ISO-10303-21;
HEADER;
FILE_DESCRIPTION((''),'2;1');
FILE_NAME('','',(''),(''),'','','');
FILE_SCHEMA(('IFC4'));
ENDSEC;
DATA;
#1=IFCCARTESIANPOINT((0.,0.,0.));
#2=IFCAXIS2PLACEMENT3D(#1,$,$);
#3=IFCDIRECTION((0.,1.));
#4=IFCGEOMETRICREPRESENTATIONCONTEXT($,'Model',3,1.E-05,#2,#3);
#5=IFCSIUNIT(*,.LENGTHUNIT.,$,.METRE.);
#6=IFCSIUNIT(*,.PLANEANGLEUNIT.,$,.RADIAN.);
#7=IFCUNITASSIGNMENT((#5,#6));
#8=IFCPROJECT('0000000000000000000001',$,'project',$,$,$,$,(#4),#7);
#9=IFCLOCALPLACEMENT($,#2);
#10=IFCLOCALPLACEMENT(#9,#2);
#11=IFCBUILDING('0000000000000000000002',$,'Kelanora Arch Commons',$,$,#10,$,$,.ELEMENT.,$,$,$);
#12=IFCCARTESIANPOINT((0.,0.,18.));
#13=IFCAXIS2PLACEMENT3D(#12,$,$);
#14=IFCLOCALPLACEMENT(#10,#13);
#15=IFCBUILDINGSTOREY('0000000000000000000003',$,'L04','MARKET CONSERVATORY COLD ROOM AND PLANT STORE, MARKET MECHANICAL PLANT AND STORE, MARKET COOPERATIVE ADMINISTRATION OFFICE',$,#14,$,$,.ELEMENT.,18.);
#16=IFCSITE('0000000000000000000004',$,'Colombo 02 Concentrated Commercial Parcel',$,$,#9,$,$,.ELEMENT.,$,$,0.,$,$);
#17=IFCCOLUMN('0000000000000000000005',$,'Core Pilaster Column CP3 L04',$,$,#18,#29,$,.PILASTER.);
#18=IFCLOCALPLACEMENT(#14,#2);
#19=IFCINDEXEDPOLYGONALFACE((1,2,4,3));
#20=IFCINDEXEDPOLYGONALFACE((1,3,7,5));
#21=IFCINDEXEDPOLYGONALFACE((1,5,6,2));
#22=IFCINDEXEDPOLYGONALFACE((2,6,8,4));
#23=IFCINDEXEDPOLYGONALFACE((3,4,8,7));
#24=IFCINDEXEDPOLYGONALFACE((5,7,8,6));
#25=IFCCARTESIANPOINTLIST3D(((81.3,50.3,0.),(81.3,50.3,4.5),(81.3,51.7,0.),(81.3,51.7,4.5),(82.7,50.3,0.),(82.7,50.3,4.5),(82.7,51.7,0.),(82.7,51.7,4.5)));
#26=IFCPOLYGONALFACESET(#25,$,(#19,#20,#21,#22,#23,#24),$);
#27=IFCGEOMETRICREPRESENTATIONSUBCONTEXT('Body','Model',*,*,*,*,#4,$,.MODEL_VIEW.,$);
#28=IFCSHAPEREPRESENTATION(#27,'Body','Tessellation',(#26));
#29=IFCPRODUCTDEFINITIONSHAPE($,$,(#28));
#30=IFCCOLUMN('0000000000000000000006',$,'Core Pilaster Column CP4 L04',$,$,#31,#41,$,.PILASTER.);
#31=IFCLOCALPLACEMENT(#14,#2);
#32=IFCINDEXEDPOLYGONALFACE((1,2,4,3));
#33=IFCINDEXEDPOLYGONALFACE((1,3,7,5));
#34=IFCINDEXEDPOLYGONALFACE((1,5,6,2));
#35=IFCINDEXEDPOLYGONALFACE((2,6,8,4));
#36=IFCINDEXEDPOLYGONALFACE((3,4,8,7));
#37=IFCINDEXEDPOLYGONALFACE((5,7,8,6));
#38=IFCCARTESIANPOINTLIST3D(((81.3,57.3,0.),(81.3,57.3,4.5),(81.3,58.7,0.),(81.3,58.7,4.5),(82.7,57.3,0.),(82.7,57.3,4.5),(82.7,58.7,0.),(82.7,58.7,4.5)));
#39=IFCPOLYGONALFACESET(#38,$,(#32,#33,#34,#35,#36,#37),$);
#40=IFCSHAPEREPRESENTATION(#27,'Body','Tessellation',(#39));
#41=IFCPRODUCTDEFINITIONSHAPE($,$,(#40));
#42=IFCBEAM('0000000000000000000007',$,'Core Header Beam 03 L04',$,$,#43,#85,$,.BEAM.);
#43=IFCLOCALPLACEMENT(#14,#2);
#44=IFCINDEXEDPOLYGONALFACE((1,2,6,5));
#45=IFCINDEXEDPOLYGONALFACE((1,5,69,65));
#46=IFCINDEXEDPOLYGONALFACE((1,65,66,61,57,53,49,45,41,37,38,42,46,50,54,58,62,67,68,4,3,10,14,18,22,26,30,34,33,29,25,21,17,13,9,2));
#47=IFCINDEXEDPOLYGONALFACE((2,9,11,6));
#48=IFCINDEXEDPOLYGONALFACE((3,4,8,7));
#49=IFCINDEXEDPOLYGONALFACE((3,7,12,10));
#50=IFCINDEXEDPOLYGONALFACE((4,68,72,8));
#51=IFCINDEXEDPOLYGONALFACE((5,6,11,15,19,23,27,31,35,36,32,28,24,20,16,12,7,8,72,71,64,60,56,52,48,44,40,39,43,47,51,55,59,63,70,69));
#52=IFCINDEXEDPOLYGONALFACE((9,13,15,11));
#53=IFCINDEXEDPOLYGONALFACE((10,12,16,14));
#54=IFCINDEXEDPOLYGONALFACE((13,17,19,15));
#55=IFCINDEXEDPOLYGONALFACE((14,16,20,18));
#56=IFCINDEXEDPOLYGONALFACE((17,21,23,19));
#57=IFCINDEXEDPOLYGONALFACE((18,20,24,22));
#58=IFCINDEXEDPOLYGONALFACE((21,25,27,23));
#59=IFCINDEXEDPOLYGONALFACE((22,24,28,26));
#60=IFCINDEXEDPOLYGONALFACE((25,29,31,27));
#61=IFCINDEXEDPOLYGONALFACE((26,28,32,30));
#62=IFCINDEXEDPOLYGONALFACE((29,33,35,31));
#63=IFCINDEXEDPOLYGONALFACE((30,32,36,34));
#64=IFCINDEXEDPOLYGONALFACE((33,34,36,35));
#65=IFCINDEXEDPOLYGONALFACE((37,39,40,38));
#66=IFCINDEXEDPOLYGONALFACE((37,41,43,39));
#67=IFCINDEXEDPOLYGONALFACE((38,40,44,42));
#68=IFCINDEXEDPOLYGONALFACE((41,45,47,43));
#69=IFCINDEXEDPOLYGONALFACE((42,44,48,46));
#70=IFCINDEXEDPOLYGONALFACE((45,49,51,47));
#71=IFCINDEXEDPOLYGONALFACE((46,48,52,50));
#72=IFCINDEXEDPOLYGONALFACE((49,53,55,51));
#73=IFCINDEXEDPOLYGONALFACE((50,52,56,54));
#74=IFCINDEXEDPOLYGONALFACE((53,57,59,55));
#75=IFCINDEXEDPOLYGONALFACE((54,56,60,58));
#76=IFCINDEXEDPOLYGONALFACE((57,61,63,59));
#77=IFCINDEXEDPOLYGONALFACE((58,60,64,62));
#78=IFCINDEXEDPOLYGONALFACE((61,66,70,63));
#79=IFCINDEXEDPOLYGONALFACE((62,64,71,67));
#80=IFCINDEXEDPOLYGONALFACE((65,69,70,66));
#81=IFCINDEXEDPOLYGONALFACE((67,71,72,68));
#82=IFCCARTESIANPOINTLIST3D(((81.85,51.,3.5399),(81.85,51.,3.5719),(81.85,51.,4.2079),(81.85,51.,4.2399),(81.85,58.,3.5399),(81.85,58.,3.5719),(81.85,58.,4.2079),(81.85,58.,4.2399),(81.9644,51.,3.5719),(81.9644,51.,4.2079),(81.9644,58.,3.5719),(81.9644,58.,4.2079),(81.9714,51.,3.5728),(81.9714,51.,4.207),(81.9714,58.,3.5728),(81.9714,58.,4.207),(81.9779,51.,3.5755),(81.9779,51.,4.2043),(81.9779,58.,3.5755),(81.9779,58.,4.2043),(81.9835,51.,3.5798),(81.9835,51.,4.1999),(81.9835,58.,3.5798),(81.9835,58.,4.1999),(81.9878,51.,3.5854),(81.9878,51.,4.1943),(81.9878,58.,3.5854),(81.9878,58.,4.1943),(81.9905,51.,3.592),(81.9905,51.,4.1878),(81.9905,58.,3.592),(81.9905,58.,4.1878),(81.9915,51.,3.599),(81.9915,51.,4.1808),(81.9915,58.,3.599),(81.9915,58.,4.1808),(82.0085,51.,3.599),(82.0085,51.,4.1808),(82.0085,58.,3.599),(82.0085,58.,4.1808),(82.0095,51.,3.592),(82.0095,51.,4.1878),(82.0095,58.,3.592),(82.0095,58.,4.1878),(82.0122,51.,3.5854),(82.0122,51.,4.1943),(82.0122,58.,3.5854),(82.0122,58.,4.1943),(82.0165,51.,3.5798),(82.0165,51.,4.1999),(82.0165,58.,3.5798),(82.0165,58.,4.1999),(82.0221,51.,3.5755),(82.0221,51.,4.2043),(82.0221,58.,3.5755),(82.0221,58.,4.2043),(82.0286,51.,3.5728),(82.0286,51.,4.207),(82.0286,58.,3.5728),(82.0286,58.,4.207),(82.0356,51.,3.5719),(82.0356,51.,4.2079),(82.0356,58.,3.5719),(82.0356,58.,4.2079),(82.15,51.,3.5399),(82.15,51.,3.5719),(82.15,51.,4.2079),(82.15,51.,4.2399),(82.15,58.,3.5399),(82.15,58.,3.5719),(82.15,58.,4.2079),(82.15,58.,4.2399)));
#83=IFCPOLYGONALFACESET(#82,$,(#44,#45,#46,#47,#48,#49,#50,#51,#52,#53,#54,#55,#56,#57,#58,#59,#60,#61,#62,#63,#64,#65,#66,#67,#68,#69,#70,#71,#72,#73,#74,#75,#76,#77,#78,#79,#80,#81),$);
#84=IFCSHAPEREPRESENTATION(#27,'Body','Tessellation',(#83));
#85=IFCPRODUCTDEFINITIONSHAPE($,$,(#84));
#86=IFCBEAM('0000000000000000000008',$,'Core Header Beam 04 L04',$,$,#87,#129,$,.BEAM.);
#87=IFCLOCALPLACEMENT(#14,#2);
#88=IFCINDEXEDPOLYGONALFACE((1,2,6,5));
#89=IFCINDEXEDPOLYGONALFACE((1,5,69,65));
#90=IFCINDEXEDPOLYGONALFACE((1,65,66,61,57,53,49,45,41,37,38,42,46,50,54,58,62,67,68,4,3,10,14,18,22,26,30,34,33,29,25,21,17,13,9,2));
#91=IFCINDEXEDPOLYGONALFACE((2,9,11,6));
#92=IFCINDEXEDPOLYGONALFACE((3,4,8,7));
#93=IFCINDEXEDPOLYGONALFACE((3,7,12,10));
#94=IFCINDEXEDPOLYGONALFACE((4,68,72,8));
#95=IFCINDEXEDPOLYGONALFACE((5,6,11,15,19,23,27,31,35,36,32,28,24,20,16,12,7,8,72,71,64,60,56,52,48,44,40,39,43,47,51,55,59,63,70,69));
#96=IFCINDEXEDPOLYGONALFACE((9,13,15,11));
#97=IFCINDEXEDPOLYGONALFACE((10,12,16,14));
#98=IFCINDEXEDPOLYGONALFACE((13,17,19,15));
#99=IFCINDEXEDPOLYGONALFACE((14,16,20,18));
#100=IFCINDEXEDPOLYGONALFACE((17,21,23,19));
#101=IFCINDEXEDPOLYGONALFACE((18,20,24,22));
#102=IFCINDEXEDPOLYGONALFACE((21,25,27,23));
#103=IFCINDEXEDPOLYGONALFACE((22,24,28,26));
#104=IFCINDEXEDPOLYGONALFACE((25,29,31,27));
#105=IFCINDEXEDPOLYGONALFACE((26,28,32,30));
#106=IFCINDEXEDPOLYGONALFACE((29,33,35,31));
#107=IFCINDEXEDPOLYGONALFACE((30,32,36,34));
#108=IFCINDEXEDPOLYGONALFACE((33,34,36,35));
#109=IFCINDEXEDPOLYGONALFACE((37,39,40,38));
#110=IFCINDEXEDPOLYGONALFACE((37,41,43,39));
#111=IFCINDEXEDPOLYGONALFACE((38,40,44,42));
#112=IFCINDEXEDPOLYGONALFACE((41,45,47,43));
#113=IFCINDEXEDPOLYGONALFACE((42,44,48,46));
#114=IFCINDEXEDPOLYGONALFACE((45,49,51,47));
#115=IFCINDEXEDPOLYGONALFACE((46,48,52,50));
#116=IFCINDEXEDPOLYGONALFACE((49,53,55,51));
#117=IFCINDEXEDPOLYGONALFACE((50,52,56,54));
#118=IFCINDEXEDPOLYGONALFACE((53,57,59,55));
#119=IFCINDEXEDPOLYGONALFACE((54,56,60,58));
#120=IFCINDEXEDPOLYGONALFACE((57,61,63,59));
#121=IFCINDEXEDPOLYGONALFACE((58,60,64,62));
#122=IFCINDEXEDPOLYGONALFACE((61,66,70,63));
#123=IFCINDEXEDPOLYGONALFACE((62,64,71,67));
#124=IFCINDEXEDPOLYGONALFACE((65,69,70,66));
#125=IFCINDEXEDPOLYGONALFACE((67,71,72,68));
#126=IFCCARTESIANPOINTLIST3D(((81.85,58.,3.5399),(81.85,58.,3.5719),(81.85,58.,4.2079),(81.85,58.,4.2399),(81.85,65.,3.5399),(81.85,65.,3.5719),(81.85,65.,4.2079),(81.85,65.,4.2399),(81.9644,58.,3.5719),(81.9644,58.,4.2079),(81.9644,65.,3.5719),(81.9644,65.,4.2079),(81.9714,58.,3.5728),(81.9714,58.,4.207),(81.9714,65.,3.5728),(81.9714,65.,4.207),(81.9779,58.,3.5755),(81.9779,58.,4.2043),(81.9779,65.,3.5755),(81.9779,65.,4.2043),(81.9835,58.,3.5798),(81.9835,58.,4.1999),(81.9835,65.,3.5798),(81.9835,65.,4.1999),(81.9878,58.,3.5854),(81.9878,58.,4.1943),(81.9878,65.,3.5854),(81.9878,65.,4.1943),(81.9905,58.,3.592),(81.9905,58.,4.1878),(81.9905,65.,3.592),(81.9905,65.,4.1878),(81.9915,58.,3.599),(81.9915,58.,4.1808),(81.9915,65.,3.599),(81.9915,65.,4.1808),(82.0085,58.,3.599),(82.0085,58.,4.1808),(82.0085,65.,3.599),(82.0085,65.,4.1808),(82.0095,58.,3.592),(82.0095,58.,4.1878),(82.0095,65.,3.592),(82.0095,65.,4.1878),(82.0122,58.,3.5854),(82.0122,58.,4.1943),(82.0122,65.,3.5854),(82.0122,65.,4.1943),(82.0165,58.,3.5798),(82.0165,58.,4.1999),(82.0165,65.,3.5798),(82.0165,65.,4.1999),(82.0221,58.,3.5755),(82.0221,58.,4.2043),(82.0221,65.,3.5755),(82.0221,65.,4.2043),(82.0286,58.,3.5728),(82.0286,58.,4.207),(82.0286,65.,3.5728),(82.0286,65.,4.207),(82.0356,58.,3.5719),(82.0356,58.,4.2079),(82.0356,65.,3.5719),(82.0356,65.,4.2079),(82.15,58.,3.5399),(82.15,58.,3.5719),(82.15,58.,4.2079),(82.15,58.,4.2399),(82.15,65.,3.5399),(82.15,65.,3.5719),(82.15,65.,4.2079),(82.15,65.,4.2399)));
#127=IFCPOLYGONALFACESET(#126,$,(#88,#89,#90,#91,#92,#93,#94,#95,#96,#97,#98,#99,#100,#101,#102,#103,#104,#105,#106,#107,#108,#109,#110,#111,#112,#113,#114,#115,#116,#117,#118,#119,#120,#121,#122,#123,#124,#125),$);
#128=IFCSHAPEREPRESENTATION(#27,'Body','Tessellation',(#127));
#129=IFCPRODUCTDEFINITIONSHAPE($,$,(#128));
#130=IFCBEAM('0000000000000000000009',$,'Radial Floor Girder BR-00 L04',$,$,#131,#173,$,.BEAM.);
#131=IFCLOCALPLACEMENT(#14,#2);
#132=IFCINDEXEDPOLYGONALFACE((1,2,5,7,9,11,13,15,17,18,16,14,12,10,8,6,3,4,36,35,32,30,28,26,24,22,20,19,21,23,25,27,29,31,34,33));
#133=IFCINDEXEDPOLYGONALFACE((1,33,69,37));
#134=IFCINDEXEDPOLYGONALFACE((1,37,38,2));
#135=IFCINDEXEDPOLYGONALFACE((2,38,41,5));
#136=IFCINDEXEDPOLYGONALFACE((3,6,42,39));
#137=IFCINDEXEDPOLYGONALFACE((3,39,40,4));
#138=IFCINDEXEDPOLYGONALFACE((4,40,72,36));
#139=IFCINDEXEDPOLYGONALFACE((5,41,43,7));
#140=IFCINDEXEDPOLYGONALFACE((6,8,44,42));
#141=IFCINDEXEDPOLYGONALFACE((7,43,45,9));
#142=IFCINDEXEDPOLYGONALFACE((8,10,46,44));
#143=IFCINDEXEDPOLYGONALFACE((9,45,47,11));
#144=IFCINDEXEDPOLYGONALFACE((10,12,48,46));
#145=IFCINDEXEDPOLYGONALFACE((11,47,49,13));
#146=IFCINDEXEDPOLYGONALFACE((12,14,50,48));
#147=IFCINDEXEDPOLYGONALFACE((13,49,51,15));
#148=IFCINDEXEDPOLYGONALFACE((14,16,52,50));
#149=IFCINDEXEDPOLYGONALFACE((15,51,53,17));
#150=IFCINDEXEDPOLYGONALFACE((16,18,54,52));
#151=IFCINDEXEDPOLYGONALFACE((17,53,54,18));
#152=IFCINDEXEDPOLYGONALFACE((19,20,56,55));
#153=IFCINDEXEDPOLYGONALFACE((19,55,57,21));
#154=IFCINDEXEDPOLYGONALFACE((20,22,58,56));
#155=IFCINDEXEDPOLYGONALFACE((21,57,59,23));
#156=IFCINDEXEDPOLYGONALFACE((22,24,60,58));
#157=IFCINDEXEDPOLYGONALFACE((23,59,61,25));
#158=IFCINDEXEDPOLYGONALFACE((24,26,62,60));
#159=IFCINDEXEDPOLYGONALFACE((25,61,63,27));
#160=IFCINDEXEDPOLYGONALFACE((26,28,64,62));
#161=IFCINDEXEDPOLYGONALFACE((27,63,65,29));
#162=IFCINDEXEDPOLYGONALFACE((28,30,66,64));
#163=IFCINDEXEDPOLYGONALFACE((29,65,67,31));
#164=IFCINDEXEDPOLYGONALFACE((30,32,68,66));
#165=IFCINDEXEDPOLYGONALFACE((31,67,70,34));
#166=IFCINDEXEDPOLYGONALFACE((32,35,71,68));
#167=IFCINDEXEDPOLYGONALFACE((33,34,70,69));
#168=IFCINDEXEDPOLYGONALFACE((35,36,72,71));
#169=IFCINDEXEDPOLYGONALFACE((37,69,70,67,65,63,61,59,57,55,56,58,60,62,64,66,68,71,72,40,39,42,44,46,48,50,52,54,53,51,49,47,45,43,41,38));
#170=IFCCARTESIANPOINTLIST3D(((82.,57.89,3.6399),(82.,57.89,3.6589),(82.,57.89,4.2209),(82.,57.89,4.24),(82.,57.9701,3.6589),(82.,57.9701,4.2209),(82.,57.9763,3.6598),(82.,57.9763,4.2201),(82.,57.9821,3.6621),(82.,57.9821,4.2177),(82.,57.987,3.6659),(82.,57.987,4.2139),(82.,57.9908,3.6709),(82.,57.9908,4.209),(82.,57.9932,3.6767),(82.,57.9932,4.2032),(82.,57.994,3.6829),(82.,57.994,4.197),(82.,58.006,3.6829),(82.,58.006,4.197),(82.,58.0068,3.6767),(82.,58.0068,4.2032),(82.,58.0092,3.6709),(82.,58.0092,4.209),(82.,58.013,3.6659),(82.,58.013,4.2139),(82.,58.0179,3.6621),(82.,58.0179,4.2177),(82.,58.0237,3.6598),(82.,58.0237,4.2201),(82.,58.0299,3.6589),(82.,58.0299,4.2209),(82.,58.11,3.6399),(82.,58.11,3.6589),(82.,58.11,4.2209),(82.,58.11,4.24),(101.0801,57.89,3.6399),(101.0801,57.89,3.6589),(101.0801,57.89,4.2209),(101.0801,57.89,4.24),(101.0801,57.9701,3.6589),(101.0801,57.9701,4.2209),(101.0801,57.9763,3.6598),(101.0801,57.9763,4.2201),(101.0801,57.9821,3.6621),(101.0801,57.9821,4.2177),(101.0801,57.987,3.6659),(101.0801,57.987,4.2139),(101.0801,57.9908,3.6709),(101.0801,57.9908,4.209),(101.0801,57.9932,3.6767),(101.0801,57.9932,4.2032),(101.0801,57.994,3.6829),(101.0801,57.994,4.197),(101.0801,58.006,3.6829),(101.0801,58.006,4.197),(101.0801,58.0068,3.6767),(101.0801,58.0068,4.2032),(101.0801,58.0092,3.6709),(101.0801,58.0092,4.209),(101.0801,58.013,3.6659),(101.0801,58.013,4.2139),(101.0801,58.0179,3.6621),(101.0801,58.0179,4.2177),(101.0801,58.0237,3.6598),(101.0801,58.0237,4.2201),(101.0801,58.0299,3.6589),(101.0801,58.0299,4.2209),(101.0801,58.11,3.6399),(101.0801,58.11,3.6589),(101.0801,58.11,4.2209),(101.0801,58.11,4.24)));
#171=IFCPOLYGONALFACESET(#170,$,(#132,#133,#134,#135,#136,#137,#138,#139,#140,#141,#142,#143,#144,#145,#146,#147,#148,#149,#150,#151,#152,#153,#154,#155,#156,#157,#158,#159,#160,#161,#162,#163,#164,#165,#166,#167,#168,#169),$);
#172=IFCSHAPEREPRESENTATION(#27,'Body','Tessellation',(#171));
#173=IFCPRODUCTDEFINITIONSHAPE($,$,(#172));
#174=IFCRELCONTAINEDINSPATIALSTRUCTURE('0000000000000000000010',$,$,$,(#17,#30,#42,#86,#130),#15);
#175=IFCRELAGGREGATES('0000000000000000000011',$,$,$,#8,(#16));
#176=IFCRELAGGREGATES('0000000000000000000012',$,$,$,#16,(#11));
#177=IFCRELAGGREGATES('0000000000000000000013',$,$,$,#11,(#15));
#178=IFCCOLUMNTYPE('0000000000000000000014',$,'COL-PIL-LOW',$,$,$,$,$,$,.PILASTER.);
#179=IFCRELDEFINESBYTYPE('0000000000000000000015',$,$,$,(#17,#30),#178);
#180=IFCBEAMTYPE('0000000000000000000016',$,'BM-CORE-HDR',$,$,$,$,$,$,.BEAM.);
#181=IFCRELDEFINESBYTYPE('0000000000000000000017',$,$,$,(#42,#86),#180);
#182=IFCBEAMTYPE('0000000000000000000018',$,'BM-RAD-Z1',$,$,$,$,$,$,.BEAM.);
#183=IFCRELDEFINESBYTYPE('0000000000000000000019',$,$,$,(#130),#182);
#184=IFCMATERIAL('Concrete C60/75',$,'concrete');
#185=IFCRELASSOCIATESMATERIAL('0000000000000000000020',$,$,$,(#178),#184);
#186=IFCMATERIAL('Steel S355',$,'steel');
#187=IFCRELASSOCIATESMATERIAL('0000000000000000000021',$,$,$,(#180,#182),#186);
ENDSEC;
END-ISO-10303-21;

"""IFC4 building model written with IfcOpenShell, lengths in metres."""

from ifc_helpers import new_model, si_unit, direction, frame, origin, origin_2d, place, context, subcontext, project, spatial, rectangle, i_section, extrude, material, material_profile, profile_set, type_object, element, save


model = new_model("IFC4")

# Units and contexts
model_context = context("Model", 3, precision=1e-05, world=origin(), true_north=direction((0.0, 1.0)))
body_context = subcontext(model_context, "Body", "Model", "MODEL_VIEW")
ifc_project = project(units=[si_unit("LENGTHUNIT", "METRE"), si_unit("PLANEANGLEUNIT", "RADIAN")], contexts=[model_context])

# Site, building, storey
site_placement = place(None, origin())
site = spatial("IfcSite", under=ifc_project, at=site_placement, Name="Colombo 02 Concentrated Commercial Parcel", CompositionType="ELEMENT", RefElevation=0.0)
building_placement = place(site_placement, origin())
building = spatial("IfcBuilding", under=site, at=building_placement, Name="Kelanora Arch Commons", CompositionType="ELEMENT")
storey_placement = place(building_placement, frame((0.0, 0.0, 18.0)))
storey = spatial("IfcBuildingStorey", under=building, at=storey_placement, Name="L04", Description="MARKET CONSERVATORY COLD ROOM AND PLANT STORE, MARKET MECHANICAL PLANT AND STORE, MARKET COOPERATIVE ADMINISTRATION OFFICE", CompositionType="ELEMENT", Elevation=18.0)

# Columns
ifc_material_1 = material(Name="Concrete C60/75", Category="concrete")
ifc_material_profile_1 = material_profile(ifc_material_1, rectangle(XDim=1.3999, YDim=1.3999, at=origin_2d()), Name="RC1400x1400")
ifc_profile_set_1 = profile_set([ifc_material_profile_1], Name="Concrete C60/75")
column_type = type_object("IfcColumnType", Name="COL-PIL-LOW", PredefinedType="PILASTER", material=ifc_profile_set_1)
for number, where, z_axis, x_axis, name in (
    (1, (82.0, 51.0, 0.0), (0.0, 0.0, 1.0), (1.0, 0.0, 0.0), "Core Pilaster Column CP3 L04"),
    (2, (82.0, 58.0, 0.0), (0.0, 0.0, 1.0), (1.0, 0.0, 0.0), "Core Pilaster Column CP4 L04"),
):
    element("IfcColumn", number, at=place(storey_placement, frame(where, z_axis=z_axis, x_axis=x_axis)), inside=storey, type_object=column_type, Name=name, PredefinedType="PILASTER", context=body_context, shape_type="SweptSolid", body=[
        extrude(rectangle(XDim=1.3999, YDim=1.3999, at=origin_2d()), origin(), (0.0, 0.0, 1.0), 4.5),
    ])

# Beams
ifc_material_2 = material(Name="Steel S355", Category="steel")
ifc_material_profile_2 = material_profile(ifc_material_2, i_section(OverallWidth=0.3, OverallDepth=0.7, WebThickness=0.0171, FlangeThickness=0.032, FilletRadius=0.0271, at=origin_2d()), Name="HEB700")
ifc_profile_set_2 = profile_set([ifc_material_profile_2], Name="Steel S355")
beam_type_1 = type_object("IfcBeamType", Name="BM-CORE-HDR", PredefinedType="BEAM", material=ifc_profile_set_2)
for number, where, z_axis, x_axis, name in (
    (3, (82.0, 51.0, 3.8899), (0.0, 1.0, 0.0), (-1.0, 0.0, 0.0), "Core Header Beam 03 L04"),
    (4, (82.0, 58.0, 3.8899), (0.0, 1.0, 0.0), (-1.0, 0.0, 0.0), "Core Header Beam 04 L04"),
):
    element("IfcBeam", number, at=place(storey_placement, frame(where, z_axis=z_axis, x_axis=x_axis)), inside=storey, type_object=beam_type_1, Name=name, PredefinedType="BEAM", context=body_context, shape_type="SweptSolid", body=[
        extrude(i_section(OverallWidth=0.3, OverallDepth=0.7, WebThickness=0.0171, FlangeThickness=0.032, FilletRadius=0.0271, at=origin_2d()), origin(), (0.0, 0.0, 1.0), 7.0),
    ])
ifc_material_profile_3 = material_profile(ifc_material_2, i_section(OverallWidth=0.22, OverallDepth=0.6001, WebThickness=0.012, FlangeThickness=0.019, FilletRadius=0.0239, at=origin_2d()), Name="IPE600")
ifc_profile_set_3 = profile_set([ifc_material_profile_3], Name="Steel S355")
beam_type_2 = type_object("IfcBeamType", Name="BM-RAD-Z1", PredefinedType="BEAM", material=ifc_profile_set_3)
beam_1_placement = place(storey_placement, frame((82.0, 58.0, 3.9399), z_axis=(1.0, 0.0, 0.0), x_axis=(0.0, 1.0, 0.0)))
element("IfcBeam", 5, at=beam_1_placement, inside=storey, type_object=beam_type_2, Name="Radial Floor Girder BR-00 L04", PredefinedType="BEAM", context=body_context, shape_type="SweptSolid", body=[
    extrude(i_section(OverallWidth=0.22, OverallDepth=0.6001, WebThickness=0.012, FlangeThickness=0.019, FilletRadius=0.0239, at=origin_2d()), origin(), (0.0, 0.0, 1.0), 19.0801),
])

save(model, "model.ifc")
